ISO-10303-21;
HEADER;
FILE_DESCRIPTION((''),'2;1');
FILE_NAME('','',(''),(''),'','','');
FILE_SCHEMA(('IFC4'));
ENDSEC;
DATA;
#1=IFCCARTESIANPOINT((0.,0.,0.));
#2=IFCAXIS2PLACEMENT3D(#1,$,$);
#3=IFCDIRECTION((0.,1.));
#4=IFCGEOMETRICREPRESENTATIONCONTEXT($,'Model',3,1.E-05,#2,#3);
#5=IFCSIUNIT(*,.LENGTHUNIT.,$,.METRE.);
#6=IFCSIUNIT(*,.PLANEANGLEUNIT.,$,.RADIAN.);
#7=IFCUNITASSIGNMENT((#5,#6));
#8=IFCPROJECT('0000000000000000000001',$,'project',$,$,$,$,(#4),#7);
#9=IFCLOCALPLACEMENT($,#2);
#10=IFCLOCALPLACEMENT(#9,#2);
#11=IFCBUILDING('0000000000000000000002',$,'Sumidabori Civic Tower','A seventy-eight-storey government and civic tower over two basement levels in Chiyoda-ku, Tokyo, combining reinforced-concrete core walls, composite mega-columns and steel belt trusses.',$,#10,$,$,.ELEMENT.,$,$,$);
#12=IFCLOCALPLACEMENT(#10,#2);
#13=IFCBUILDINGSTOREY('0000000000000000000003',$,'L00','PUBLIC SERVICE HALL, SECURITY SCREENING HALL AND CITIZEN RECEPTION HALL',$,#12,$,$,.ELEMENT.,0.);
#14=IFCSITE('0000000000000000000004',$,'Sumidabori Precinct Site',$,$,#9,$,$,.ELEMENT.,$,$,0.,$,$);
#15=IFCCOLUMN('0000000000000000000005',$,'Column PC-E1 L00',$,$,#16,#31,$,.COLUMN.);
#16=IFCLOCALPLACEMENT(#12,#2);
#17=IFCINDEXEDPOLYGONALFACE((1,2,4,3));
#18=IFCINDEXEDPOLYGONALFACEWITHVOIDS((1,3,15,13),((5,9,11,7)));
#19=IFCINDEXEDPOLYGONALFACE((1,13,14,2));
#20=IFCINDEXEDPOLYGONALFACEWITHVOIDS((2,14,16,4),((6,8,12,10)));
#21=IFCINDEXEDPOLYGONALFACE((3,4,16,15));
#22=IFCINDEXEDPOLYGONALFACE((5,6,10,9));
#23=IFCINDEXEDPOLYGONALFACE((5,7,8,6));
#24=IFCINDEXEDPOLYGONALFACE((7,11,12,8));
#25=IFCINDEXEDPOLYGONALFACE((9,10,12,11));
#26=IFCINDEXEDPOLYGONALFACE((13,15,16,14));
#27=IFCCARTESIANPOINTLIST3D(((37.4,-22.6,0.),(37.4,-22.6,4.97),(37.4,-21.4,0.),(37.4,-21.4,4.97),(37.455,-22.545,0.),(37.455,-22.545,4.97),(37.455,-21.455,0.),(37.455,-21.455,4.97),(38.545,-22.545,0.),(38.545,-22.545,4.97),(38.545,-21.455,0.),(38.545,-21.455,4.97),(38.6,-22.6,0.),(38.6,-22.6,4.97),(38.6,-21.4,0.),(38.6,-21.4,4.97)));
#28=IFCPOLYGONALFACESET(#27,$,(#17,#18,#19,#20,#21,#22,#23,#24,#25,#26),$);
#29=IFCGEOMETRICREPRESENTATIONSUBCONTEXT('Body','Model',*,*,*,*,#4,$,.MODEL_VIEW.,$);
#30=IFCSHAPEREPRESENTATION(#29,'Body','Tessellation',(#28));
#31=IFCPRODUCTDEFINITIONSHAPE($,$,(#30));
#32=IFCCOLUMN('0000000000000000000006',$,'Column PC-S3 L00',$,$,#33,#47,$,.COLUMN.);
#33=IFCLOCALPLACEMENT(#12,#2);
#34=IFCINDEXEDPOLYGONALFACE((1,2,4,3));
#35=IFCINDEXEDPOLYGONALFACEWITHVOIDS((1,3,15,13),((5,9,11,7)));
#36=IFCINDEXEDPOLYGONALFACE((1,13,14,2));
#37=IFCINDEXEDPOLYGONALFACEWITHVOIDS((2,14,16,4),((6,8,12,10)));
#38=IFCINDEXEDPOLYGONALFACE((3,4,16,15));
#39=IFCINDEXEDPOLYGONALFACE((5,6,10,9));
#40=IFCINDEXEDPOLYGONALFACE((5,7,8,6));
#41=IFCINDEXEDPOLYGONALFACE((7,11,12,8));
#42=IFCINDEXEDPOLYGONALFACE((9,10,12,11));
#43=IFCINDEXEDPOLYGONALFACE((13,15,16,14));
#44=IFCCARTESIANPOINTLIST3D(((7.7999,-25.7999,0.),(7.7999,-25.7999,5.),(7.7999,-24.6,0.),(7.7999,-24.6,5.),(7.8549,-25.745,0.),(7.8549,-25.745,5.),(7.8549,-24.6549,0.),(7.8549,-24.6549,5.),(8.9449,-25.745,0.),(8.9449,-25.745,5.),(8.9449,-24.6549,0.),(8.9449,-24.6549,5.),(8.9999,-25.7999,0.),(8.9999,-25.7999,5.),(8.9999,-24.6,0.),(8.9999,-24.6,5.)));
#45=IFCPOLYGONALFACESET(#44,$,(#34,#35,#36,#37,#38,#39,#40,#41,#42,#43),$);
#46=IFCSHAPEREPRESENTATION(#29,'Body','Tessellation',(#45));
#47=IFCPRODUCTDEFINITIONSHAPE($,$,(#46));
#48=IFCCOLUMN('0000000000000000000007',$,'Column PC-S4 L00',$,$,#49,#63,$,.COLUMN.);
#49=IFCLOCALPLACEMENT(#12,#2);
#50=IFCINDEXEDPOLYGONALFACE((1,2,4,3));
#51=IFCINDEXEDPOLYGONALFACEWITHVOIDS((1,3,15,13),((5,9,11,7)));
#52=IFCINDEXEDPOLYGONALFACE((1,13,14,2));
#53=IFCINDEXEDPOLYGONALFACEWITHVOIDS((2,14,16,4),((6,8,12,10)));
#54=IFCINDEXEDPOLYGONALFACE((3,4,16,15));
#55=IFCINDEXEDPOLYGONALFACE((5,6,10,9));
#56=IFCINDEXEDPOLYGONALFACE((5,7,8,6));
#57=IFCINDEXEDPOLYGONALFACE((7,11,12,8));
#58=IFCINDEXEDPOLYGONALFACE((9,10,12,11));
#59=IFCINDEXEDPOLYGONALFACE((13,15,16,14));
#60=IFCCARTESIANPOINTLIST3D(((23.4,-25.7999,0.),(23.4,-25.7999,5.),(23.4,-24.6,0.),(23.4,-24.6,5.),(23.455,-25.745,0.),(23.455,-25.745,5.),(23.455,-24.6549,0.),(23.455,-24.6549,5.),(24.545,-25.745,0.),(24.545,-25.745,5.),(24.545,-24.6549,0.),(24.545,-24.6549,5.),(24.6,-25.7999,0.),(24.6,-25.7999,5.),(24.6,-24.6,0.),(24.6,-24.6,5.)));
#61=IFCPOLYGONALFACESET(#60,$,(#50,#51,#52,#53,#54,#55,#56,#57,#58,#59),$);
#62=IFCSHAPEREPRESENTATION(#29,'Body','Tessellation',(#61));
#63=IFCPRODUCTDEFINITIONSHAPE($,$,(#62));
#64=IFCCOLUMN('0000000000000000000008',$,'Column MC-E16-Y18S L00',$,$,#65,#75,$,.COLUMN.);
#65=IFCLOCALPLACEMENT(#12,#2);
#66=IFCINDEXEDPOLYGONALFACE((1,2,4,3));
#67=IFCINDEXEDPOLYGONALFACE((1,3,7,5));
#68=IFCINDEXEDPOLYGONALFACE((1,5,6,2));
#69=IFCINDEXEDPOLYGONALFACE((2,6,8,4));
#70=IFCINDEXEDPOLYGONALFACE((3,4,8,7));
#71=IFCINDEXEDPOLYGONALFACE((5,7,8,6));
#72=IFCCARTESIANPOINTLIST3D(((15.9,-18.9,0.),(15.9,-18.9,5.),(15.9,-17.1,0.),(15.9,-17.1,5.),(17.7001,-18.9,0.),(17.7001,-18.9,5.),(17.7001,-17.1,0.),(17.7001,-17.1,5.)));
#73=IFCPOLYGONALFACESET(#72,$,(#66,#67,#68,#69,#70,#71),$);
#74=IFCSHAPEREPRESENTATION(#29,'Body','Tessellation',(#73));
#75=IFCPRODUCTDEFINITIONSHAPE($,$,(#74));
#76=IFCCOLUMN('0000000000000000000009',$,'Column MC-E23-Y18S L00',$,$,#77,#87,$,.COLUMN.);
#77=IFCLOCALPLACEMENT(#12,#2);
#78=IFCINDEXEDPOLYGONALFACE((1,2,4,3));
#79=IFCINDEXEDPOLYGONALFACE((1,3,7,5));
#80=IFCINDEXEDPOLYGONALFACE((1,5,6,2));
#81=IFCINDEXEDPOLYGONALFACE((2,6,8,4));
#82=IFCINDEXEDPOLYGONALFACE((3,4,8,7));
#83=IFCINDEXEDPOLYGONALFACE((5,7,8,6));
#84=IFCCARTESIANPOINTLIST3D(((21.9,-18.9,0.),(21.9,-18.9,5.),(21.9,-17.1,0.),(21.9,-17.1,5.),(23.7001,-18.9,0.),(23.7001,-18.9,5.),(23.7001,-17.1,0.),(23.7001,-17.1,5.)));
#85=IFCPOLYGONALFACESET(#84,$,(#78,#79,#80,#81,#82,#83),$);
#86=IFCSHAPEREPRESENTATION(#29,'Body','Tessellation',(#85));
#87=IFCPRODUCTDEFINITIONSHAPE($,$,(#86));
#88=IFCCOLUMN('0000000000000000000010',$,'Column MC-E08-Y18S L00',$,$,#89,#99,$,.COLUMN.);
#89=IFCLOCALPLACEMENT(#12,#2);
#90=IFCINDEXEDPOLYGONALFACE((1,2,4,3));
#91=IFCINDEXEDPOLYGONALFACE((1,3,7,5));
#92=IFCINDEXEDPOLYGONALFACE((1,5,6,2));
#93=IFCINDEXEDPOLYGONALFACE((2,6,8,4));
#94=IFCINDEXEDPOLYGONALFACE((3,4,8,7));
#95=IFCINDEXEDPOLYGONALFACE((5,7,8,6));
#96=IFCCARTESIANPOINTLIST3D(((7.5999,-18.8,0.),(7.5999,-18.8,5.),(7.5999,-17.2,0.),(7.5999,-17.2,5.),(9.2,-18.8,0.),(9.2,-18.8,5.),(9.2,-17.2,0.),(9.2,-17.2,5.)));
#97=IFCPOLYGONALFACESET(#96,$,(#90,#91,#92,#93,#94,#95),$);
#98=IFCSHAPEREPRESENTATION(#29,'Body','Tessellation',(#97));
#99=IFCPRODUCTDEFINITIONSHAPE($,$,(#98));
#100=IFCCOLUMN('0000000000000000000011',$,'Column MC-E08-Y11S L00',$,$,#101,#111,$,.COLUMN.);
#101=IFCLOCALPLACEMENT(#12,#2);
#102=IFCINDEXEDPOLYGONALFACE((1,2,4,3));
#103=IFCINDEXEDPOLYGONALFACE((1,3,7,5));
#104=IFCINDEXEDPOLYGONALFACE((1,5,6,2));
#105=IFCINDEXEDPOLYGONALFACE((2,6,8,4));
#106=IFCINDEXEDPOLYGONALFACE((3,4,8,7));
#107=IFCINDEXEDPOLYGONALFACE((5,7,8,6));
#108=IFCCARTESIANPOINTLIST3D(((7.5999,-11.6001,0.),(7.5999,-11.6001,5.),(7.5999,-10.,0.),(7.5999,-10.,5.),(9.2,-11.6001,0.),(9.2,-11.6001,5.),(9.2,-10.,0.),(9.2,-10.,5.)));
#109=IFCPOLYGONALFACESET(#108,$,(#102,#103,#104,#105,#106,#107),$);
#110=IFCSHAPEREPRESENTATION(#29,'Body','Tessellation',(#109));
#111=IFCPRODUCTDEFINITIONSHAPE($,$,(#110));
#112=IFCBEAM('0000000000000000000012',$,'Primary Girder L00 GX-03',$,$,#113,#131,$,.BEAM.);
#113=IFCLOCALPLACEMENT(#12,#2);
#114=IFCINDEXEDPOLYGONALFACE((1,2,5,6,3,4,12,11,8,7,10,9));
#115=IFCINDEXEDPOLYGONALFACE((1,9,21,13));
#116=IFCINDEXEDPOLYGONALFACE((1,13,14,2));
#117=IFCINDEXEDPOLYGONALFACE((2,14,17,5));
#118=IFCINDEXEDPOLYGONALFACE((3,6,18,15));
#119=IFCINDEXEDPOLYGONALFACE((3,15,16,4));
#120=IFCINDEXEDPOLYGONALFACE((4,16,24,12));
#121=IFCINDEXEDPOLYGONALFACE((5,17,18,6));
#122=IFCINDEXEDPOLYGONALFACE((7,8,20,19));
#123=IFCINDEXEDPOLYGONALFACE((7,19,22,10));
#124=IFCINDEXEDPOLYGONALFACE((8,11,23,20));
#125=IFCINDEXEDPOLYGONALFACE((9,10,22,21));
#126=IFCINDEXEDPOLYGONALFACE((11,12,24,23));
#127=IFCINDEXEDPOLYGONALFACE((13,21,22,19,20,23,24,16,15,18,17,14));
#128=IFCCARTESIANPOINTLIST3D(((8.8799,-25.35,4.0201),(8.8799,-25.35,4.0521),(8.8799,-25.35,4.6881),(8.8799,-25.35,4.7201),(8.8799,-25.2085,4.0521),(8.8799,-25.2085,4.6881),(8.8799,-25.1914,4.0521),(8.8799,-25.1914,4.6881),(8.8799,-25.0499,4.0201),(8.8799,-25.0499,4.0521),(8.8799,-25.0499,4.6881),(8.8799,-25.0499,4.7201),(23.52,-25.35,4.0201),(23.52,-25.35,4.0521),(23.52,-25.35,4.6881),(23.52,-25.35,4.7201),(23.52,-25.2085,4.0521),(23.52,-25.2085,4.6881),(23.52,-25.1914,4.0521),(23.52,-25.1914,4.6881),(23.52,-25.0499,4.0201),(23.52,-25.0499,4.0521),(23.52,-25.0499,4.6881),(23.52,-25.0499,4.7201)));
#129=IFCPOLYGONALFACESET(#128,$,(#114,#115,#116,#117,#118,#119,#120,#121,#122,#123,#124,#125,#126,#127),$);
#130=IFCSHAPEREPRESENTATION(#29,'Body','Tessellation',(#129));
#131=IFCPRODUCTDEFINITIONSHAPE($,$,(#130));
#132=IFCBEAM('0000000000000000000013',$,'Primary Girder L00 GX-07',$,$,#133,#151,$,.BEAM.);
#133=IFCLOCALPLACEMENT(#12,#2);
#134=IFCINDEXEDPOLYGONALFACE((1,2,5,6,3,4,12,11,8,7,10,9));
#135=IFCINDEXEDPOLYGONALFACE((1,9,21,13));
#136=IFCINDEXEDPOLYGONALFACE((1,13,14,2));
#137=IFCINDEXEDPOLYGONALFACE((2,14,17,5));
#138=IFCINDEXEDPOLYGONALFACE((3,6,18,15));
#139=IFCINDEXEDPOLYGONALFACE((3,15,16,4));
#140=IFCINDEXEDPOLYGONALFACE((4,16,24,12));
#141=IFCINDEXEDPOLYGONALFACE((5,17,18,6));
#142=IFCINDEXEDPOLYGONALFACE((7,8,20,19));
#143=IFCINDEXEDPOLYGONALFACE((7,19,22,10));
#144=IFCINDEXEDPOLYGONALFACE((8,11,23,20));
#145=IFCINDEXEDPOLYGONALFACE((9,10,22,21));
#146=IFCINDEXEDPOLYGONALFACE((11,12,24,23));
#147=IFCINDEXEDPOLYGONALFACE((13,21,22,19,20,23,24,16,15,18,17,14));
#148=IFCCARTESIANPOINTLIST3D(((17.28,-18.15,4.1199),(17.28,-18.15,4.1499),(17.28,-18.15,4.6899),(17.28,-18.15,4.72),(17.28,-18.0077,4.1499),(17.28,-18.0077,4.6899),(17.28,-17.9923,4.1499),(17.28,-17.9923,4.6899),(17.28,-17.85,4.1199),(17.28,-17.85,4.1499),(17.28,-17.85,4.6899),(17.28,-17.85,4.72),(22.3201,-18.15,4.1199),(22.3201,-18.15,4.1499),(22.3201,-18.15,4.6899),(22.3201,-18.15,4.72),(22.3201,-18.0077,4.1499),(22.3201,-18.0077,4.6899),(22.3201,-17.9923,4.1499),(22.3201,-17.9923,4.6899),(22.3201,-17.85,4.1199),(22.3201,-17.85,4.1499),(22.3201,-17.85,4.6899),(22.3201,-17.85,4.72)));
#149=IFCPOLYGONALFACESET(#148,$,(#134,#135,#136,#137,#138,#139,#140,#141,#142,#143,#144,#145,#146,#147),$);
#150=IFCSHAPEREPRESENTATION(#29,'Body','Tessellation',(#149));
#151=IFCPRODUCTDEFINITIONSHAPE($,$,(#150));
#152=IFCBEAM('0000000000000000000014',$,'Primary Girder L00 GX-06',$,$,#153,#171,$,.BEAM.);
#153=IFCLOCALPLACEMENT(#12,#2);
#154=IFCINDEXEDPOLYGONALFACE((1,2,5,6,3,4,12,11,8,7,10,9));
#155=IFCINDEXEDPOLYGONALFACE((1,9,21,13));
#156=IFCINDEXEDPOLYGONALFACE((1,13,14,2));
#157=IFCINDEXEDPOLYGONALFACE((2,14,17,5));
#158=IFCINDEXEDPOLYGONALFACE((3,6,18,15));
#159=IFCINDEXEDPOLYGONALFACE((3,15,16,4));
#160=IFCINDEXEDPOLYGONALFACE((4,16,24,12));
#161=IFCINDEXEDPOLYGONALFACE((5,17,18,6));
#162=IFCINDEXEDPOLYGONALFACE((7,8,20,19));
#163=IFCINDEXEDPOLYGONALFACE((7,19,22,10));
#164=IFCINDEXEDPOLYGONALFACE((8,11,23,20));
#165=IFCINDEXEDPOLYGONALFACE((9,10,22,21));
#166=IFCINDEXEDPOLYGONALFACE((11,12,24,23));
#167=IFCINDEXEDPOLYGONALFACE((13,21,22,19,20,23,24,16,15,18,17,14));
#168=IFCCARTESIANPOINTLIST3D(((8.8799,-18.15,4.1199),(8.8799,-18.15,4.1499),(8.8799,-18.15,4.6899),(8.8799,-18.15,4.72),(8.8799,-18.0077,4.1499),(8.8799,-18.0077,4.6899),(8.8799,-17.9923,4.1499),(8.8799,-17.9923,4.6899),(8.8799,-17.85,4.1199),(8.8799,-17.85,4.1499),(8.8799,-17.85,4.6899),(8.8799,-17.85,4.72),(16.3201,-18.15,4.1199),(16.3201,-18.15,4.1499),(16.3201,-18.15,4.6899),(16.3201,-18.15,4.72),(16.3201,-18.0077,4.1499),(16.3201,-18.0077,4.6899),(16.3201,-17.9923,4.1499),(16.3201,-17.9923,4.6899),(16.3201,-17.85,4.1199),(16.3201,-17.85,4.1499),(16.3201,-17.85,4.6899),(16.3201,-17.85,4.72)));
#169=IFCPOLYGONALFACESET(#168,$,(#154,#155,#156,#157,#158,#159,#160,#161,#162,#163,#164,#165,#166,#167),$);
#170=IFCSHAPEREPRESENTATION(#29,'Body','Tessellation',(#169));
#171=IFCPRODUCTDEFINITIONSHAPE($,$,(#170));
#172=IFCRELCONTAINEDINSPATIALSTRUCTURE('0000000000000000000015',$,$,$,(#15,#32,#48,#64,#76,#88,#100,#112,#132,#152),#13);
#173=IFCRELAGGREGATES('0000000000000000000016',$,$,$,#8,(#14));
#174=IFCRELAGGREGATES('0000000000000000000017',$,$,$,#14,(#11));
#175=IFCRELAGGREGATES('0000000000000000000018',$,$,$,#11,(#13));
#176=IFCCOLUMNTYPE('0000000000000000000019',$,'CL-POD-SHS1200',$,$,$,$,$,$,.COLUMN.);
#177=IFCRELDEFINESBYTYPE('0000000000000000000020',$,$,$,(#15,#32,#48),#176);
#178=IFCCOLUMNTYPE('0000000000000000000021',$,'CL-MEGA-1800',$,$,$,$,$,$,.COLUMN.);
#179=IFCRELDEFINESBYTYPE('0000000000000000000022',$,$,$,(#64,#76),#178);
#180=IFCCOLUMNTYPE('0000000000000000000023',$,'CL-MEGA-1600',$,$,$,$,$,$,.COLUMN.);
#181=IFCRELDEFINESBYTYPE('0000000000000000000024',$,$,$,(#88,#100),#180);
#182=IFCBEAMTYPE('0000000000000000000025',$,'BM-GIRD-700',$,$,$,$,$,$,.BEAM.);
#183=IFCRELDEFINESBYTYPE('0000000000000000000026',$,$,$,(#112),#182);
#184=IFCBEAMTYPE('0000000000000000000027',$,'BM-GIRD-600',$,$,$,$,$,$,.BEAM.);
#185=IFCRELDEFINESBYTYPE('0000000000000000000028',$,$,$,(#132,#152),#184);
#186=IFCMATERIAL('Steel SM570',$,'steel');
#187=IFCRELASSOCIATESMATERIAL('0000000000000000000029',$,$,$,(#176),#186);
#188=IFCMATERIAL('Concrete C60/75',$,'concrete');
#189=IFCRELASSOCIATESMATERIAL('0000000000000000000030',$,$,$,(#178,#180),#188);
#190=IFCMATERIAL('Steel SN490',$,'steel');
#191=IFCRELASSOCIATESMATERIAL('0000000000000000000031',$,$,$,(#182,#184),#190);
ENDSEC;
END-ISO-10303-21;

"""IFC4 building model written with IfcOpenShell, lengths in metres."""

from ifc_helpers import new_model, si_unit, direction, frame, origin, origin_2d, place, context, subcontext, project, spatial, rectangle, hollow_rectangle, i_section, extrude, source, transform, mapped, material, material_profile, profile_set, type_object, element, save


model = new_model("IFC4")

# Units and contexts
model_context = context("Model", 3, precision=1e-05, world=origin(), true_north=direction((0.0, 1.0)))
body_context = subcontext(model_context, "Body", "Model", "MODEL_VIEW")
ifc_project = project(units=[si_unit("LENGTHUNIT", "METRE"), si_unit("PLANEANGLEUNIT", "RADIAN")], contexts=[model_context])

# Site, building, storey
site_placement = place(None, origin())
site = spatial("IfcSite", under=ifc_project, at=site_placement, Name="Sumidabori Precinct Site", CompositionType="ELEMENT", RefElevation=0.0)
building_placement = place(site_placement, origin())
building = spatial("IfcBuilding", under=site, at=building_placement, Name="Sumidabori Civic Tower", Description="A seventy-eight-storey government and civic tower over two basement levels in Chiyoda-ku, Tokyo, combining reinforced-concrete core walls, composite mega-columns and steel belt trusses.", CompositionType="ELEMENT")
storey_placement = place(building_placement, origin())
storey = spatial("IfcBuildingStorey", under=building, at=storey_placement, Name="L00", Description="PUBLIC SERVICE HALL, SECURITY SCREENING HALL AND CITIZEN RECEPTION HALL", CompositionType="ELEMENT", Elevation=0.0)

# Columns
ifc_material_1 = material(Name="Steel SM570", Category="steel")
ifc_material_profile_1 = material_profile(ifc_material_1, hollow_rectangle(XDim=1.2, YDim=1.2, WallThickness=0.0549, at=origin_2d()), Name="SHS 1200x1200x55")
ifc_profile_set_1 = profile_set([ifc_material_profile_1], Name="Steel SM570")
column_type_1 = type_object("IfcColumnType", Name="CL-POD-SHS1200", PredefinedType="COLUMN", material=ifc_profile_set_1)
shared_shape_1 = source(origin(), body_context, "Body", "SweptSolid", [
    extrude(hollow_rectangle(XDim=1.2, YDim=1.2, WallThickness=0.0549, at=origin_2d()), origin(), (0.0, 0.0, 1.0), 4.97),
])
column_placement = place(storey_placement, frame((38.0, -22.0, 0.0), z_axis=(0.0, 0.0, 1.0), x_axis=(1.0, 0.0, 0.0)))
element("IfcColumn", 1, at=column_placement, inside=storey, type_object=column_type_1, Name="Column PC-E1 L00", PredefinedType="COLUMN", context=body_context, shape_type="MappedRepresentation", body=[
    mapped(shared_shape_1, transform((0.0, 0.0, 0.0), x_axis=(1.0, 0.0, 0.0), y_axis=(0.0, 1.0, 0.0), z_axis=(0.0, 0.0, 1.0), scale=1.0)),
])
shared_shape_2 = source(origin(), body_context, "Body", "SweptSolid", [
    extrude(hollow_rectangle(XDim=1.2, YDim=1.2, WallThickness=0.0549, at=origin_2d()), origin(), (0.0, 0.0, 1.0), 5.0),
])
for number, where, z_axis, x_axis, name in (
    (2, (8.3999, -25.2, 0.0), (0.0, 0.0, 1.0), (1.0, 0.0, 0.0), "Column PC-S3 L00"),
    (3, (24.0, -25.2, 0.0), (0.0, 0.0, 1.0), (1.0, 0.0, 0.0), "Column PC-S4 L00"),
):
    element("IfcColumn", number, at=place(storey_placement, frame(where, z_axis=z_axis, x_axis=x_axis)), inside=storey, type_object=column_type_1, Name=name, PredefinedType="COLUMN", context=body_context, shape_type="MappedRepresentation", body=[
        mapped(shared_shape_2, transform((0.0, 0.0, 0.0), x_axis=(1.0, 0.0, 0.0), y_axis=(0.0, 1.0, 0.0), z_axis=(0.0, 0.0, 1.0), scale=1.0)),
    ])
ifc_material_2 = material(Name="Concrete C60/75", Category="concrete")
ifc_material_profile_2 = material_profile(ifc_material_2, rectangle(XDim=1.8, YDim=1.8, at=origin_2d()), Name="RC 1800x1800")
ifc_profile_set_2 = profile_set([ifc_material_profile_2], Name="Concrete C60/75")
column_type_2 = type_object("IfcColumnType", Name="CL-MEGA-1800", PredefinedType="COLUMN", material=ifc_profile_set_2)
shared_shape_3 = source(origin(), body_context, "Body", "SweptSolid", [
    extrude(rectangle(XDim=1.8, YDim=1.8, at=origin_2d()), origin(), (0.0, 0.0, 1.0), 5.0),
])
for number, where, z_axis, x_axis, name in (
    (4, (16.8, -18.0, 0.0), (0.0, 0.0, 1.0), (1.0, 0.0, 0.0), "Column MC-E16-Y18S L00"),
    (5, (22.8, -18.0, 0.0), (0.0, 0.0, 1.0), (1.0, 0.0, 0.0), "Column MC-E23-Y18S L00"),
):
    element("IfcColumn", number, at=place(storey_placement, frame(where, z_axis=z_axis, x_axis=x_axis)), inside=storey, type_object=column_type_2, Name=name, PredefinedType="COLUMN", context=body_context, shape_type="MappedRepresentation", body=[
        mapped(shared_shape_3, transform((0.0, 0.0, 0.0), x_axis=(1.0, 0.0, 0.0), y_axis=(0.0, 1.0, 0.0), z_axis=(0.0, 0.0, 1.0), scale=1.0)),
    ])
ifc_material_profile_3 = material_profile(ifc_material_2, rectangle(XDim=1.6001, YDim=1.6001, at=origin_2d()), Name="RC 1600x1600")
ifc_profile_set_3 = profile_set([ifc_material_profile_3], Name="Concrete C60/75")
column_type_3 = type_object("IfcColumnType", Name="CL-MEGA-1600", PredefinedType="COLUMN", material=ifc_profile_set_3)
shared_shape_4 = source(origin(), body_context, "Body", "SweptSolid", [
    extrude(rectangle(XDim=1.6001, YDim=1.6001, at=origin_2d()), origin(), (0.0, 0.0, 1.0), 5.0),
])
for number, where, z_axis, x_axis, name in (
    (6, (8.3999, -18.0, 0.0), (0.0, 0.0, 1.0), (1.0, 0.0, 0.0), "Column MC-E08-Y18S L00"),
    (7, (8.3999, -10.8, 0.0), (0.0, 0.0, 1.0), (1.0, 0.0, 0.0), "Column MC-E08-Y11S L00"),
):
    element("IfcColumn", number, at=place(storey_placement, frame(where, z_axis=z_axis, x_axis=x_axis)), inside=storey, type_object=column_type_3, Name=name, PredefinedType="COLUMN", context=body_context, shape_type="MappedRepresentation", body=[
        mapped(shared_shape_4, transform((0.0, 0.0, 0.0), x_axis=(1.0, 0.0, 0.0), y_axis=(0.0, 1.0, 0.0), z_axis=(0.0, 0.0, 1.0), scale=1.0)),
    ])

# Beams
ifc_material_3 = material(Name="Steel SN490", Category="steel")
ifc_material_profile_4 = material_profile(ifc_material_3, i_section(OverallWidth=0.3, OverallDepth=0.7, WebThickness=0.0171, FlangeThickness=0.032, at=origin_2d()), Name="HE 700 B")
ifc_profile_set_4 = profile_set([ifc_material_profile_4], Name="Steel SN490")
beam_type_1 = type_object("IfcBeamType", Name="BM-GIRD-700", PredefinedType="BEAM", material=ifc_profile_set_4)
shared_shape_5 = source(origin(), body_context, "Body", "SweptSolid", [
    extrude(i_section(OverallWidth=0.3, OverallDepth=0.7, WebThickness=0.0171, FlangeThickness=0.032, at=origin_2d()), origin(), (0.0, 0.0, 1.0), 14.6401),
])
beam_1_placement = place(storey_placement, frame((8.8799, -25.2, 4.3701), z_axis=(1.0, 0.0, 0.0), x_axis=(0.0, 1.0, 0.0)))
element("IfcBeam", 8, at=beam_1_placement, inside=storey, type_object=beam_type_1, Name="Primary Girder L00 GX-03", PredefinedType="BEAM", context=body_context, shape_type="MappedRepresentation", body=[
    mapped(shared_shape_5, transform((0.0, 0.0, 0.0), x_axis=(1.0, 0.0, 0.0), y_axis=(0.0, 1.0, 0.0), z_axis=(0.0, 0.0, 1.0), scale=1.0)),
])
ifc_material_profile_5 = material_profile(ifc_material_3, i_section(OverallWidth=0.3, OverallDepth=0.6001, WebThickness=0.0154, FlangeThickness=0.03, at=origin_2d()), Name="HE 600 B")
ifc_profile_set_5 = profile_set([ifc_material_profile_5], Name="Steel SN490")
beam_type_2 = type_object("IfcBeamType", Name="BM-GIRD-600", PredefinedType="BEAM", material=ifc_profile_set_5)
shared_shape_6 = source(origin(), body_context, "Body", "SweptSolid", [
    extrude(i_section(OverallWidth=0.3, OverallDepth=0.6001, WebThickness=0.0154, FlangeThickness=0.03, at=origin_2d()), origin(), (0.0, 0.0, 1.0), 5.04),
])
beam_2_placement = place(storey_placement, frame((17.28, -18.0, 4.4199), z_axis=(1.0, 0.0, 0.0), x_axis=(0.0, 1.0, 0.0)))
element("IfcBeam", 9, at=beam_2_placement, inside=storey, type_object=beam_type_2, Name="Primary Girder L00 GX-07", PredefinedType="BEAM", context=body_context, shape_type="MappedRepresentation", body=[
    mapped(shared_shape_6, transform((0.0, 0.0, 0.0), x_axis=(1.0, 0.0, 0.0), y_axis=(0.0, 1.0, 0.0), z_axis=(0.0, 0.0, 1.0), scale=1.0)),
])
shared_shape_7 = source(origin(), body_context, "Body", "SweptSolid", [
    extrude(i_section(OverallWidth=0.3, OverallDepth=0.6001, WebThickness=0.0154, FlangeThickness=0.03, at=origin_2d()), origin(), (0.0, 0.0, 1.0), 7.4402),
])
beam_3_placement = place(storey_placement, frame((8.8799, -18.0, 4.4199), z_axis=(1.0, 0.0, 0.0), x_axis=(0.0, 1.0, 0.0)))
element("IfcBeam", 10, at=beam_3_placement, inside=storey, type_object=beam_type_2, Name="Primary Girder L00 GX-06", PredefinedType="BEAM", context=body_context, shape_type="MappedRepresentation", body=[
    mapped(shared_shape_7, transform((0.0, 0.0, 0.0), x_axis=(1.0, 0.0, 0.0), y_axis=(0.0, 1.0, 0.0), z_axis=(0.0, 0.0, 1.0), scale=1.0)),
])

save(model, "model.ifc")
